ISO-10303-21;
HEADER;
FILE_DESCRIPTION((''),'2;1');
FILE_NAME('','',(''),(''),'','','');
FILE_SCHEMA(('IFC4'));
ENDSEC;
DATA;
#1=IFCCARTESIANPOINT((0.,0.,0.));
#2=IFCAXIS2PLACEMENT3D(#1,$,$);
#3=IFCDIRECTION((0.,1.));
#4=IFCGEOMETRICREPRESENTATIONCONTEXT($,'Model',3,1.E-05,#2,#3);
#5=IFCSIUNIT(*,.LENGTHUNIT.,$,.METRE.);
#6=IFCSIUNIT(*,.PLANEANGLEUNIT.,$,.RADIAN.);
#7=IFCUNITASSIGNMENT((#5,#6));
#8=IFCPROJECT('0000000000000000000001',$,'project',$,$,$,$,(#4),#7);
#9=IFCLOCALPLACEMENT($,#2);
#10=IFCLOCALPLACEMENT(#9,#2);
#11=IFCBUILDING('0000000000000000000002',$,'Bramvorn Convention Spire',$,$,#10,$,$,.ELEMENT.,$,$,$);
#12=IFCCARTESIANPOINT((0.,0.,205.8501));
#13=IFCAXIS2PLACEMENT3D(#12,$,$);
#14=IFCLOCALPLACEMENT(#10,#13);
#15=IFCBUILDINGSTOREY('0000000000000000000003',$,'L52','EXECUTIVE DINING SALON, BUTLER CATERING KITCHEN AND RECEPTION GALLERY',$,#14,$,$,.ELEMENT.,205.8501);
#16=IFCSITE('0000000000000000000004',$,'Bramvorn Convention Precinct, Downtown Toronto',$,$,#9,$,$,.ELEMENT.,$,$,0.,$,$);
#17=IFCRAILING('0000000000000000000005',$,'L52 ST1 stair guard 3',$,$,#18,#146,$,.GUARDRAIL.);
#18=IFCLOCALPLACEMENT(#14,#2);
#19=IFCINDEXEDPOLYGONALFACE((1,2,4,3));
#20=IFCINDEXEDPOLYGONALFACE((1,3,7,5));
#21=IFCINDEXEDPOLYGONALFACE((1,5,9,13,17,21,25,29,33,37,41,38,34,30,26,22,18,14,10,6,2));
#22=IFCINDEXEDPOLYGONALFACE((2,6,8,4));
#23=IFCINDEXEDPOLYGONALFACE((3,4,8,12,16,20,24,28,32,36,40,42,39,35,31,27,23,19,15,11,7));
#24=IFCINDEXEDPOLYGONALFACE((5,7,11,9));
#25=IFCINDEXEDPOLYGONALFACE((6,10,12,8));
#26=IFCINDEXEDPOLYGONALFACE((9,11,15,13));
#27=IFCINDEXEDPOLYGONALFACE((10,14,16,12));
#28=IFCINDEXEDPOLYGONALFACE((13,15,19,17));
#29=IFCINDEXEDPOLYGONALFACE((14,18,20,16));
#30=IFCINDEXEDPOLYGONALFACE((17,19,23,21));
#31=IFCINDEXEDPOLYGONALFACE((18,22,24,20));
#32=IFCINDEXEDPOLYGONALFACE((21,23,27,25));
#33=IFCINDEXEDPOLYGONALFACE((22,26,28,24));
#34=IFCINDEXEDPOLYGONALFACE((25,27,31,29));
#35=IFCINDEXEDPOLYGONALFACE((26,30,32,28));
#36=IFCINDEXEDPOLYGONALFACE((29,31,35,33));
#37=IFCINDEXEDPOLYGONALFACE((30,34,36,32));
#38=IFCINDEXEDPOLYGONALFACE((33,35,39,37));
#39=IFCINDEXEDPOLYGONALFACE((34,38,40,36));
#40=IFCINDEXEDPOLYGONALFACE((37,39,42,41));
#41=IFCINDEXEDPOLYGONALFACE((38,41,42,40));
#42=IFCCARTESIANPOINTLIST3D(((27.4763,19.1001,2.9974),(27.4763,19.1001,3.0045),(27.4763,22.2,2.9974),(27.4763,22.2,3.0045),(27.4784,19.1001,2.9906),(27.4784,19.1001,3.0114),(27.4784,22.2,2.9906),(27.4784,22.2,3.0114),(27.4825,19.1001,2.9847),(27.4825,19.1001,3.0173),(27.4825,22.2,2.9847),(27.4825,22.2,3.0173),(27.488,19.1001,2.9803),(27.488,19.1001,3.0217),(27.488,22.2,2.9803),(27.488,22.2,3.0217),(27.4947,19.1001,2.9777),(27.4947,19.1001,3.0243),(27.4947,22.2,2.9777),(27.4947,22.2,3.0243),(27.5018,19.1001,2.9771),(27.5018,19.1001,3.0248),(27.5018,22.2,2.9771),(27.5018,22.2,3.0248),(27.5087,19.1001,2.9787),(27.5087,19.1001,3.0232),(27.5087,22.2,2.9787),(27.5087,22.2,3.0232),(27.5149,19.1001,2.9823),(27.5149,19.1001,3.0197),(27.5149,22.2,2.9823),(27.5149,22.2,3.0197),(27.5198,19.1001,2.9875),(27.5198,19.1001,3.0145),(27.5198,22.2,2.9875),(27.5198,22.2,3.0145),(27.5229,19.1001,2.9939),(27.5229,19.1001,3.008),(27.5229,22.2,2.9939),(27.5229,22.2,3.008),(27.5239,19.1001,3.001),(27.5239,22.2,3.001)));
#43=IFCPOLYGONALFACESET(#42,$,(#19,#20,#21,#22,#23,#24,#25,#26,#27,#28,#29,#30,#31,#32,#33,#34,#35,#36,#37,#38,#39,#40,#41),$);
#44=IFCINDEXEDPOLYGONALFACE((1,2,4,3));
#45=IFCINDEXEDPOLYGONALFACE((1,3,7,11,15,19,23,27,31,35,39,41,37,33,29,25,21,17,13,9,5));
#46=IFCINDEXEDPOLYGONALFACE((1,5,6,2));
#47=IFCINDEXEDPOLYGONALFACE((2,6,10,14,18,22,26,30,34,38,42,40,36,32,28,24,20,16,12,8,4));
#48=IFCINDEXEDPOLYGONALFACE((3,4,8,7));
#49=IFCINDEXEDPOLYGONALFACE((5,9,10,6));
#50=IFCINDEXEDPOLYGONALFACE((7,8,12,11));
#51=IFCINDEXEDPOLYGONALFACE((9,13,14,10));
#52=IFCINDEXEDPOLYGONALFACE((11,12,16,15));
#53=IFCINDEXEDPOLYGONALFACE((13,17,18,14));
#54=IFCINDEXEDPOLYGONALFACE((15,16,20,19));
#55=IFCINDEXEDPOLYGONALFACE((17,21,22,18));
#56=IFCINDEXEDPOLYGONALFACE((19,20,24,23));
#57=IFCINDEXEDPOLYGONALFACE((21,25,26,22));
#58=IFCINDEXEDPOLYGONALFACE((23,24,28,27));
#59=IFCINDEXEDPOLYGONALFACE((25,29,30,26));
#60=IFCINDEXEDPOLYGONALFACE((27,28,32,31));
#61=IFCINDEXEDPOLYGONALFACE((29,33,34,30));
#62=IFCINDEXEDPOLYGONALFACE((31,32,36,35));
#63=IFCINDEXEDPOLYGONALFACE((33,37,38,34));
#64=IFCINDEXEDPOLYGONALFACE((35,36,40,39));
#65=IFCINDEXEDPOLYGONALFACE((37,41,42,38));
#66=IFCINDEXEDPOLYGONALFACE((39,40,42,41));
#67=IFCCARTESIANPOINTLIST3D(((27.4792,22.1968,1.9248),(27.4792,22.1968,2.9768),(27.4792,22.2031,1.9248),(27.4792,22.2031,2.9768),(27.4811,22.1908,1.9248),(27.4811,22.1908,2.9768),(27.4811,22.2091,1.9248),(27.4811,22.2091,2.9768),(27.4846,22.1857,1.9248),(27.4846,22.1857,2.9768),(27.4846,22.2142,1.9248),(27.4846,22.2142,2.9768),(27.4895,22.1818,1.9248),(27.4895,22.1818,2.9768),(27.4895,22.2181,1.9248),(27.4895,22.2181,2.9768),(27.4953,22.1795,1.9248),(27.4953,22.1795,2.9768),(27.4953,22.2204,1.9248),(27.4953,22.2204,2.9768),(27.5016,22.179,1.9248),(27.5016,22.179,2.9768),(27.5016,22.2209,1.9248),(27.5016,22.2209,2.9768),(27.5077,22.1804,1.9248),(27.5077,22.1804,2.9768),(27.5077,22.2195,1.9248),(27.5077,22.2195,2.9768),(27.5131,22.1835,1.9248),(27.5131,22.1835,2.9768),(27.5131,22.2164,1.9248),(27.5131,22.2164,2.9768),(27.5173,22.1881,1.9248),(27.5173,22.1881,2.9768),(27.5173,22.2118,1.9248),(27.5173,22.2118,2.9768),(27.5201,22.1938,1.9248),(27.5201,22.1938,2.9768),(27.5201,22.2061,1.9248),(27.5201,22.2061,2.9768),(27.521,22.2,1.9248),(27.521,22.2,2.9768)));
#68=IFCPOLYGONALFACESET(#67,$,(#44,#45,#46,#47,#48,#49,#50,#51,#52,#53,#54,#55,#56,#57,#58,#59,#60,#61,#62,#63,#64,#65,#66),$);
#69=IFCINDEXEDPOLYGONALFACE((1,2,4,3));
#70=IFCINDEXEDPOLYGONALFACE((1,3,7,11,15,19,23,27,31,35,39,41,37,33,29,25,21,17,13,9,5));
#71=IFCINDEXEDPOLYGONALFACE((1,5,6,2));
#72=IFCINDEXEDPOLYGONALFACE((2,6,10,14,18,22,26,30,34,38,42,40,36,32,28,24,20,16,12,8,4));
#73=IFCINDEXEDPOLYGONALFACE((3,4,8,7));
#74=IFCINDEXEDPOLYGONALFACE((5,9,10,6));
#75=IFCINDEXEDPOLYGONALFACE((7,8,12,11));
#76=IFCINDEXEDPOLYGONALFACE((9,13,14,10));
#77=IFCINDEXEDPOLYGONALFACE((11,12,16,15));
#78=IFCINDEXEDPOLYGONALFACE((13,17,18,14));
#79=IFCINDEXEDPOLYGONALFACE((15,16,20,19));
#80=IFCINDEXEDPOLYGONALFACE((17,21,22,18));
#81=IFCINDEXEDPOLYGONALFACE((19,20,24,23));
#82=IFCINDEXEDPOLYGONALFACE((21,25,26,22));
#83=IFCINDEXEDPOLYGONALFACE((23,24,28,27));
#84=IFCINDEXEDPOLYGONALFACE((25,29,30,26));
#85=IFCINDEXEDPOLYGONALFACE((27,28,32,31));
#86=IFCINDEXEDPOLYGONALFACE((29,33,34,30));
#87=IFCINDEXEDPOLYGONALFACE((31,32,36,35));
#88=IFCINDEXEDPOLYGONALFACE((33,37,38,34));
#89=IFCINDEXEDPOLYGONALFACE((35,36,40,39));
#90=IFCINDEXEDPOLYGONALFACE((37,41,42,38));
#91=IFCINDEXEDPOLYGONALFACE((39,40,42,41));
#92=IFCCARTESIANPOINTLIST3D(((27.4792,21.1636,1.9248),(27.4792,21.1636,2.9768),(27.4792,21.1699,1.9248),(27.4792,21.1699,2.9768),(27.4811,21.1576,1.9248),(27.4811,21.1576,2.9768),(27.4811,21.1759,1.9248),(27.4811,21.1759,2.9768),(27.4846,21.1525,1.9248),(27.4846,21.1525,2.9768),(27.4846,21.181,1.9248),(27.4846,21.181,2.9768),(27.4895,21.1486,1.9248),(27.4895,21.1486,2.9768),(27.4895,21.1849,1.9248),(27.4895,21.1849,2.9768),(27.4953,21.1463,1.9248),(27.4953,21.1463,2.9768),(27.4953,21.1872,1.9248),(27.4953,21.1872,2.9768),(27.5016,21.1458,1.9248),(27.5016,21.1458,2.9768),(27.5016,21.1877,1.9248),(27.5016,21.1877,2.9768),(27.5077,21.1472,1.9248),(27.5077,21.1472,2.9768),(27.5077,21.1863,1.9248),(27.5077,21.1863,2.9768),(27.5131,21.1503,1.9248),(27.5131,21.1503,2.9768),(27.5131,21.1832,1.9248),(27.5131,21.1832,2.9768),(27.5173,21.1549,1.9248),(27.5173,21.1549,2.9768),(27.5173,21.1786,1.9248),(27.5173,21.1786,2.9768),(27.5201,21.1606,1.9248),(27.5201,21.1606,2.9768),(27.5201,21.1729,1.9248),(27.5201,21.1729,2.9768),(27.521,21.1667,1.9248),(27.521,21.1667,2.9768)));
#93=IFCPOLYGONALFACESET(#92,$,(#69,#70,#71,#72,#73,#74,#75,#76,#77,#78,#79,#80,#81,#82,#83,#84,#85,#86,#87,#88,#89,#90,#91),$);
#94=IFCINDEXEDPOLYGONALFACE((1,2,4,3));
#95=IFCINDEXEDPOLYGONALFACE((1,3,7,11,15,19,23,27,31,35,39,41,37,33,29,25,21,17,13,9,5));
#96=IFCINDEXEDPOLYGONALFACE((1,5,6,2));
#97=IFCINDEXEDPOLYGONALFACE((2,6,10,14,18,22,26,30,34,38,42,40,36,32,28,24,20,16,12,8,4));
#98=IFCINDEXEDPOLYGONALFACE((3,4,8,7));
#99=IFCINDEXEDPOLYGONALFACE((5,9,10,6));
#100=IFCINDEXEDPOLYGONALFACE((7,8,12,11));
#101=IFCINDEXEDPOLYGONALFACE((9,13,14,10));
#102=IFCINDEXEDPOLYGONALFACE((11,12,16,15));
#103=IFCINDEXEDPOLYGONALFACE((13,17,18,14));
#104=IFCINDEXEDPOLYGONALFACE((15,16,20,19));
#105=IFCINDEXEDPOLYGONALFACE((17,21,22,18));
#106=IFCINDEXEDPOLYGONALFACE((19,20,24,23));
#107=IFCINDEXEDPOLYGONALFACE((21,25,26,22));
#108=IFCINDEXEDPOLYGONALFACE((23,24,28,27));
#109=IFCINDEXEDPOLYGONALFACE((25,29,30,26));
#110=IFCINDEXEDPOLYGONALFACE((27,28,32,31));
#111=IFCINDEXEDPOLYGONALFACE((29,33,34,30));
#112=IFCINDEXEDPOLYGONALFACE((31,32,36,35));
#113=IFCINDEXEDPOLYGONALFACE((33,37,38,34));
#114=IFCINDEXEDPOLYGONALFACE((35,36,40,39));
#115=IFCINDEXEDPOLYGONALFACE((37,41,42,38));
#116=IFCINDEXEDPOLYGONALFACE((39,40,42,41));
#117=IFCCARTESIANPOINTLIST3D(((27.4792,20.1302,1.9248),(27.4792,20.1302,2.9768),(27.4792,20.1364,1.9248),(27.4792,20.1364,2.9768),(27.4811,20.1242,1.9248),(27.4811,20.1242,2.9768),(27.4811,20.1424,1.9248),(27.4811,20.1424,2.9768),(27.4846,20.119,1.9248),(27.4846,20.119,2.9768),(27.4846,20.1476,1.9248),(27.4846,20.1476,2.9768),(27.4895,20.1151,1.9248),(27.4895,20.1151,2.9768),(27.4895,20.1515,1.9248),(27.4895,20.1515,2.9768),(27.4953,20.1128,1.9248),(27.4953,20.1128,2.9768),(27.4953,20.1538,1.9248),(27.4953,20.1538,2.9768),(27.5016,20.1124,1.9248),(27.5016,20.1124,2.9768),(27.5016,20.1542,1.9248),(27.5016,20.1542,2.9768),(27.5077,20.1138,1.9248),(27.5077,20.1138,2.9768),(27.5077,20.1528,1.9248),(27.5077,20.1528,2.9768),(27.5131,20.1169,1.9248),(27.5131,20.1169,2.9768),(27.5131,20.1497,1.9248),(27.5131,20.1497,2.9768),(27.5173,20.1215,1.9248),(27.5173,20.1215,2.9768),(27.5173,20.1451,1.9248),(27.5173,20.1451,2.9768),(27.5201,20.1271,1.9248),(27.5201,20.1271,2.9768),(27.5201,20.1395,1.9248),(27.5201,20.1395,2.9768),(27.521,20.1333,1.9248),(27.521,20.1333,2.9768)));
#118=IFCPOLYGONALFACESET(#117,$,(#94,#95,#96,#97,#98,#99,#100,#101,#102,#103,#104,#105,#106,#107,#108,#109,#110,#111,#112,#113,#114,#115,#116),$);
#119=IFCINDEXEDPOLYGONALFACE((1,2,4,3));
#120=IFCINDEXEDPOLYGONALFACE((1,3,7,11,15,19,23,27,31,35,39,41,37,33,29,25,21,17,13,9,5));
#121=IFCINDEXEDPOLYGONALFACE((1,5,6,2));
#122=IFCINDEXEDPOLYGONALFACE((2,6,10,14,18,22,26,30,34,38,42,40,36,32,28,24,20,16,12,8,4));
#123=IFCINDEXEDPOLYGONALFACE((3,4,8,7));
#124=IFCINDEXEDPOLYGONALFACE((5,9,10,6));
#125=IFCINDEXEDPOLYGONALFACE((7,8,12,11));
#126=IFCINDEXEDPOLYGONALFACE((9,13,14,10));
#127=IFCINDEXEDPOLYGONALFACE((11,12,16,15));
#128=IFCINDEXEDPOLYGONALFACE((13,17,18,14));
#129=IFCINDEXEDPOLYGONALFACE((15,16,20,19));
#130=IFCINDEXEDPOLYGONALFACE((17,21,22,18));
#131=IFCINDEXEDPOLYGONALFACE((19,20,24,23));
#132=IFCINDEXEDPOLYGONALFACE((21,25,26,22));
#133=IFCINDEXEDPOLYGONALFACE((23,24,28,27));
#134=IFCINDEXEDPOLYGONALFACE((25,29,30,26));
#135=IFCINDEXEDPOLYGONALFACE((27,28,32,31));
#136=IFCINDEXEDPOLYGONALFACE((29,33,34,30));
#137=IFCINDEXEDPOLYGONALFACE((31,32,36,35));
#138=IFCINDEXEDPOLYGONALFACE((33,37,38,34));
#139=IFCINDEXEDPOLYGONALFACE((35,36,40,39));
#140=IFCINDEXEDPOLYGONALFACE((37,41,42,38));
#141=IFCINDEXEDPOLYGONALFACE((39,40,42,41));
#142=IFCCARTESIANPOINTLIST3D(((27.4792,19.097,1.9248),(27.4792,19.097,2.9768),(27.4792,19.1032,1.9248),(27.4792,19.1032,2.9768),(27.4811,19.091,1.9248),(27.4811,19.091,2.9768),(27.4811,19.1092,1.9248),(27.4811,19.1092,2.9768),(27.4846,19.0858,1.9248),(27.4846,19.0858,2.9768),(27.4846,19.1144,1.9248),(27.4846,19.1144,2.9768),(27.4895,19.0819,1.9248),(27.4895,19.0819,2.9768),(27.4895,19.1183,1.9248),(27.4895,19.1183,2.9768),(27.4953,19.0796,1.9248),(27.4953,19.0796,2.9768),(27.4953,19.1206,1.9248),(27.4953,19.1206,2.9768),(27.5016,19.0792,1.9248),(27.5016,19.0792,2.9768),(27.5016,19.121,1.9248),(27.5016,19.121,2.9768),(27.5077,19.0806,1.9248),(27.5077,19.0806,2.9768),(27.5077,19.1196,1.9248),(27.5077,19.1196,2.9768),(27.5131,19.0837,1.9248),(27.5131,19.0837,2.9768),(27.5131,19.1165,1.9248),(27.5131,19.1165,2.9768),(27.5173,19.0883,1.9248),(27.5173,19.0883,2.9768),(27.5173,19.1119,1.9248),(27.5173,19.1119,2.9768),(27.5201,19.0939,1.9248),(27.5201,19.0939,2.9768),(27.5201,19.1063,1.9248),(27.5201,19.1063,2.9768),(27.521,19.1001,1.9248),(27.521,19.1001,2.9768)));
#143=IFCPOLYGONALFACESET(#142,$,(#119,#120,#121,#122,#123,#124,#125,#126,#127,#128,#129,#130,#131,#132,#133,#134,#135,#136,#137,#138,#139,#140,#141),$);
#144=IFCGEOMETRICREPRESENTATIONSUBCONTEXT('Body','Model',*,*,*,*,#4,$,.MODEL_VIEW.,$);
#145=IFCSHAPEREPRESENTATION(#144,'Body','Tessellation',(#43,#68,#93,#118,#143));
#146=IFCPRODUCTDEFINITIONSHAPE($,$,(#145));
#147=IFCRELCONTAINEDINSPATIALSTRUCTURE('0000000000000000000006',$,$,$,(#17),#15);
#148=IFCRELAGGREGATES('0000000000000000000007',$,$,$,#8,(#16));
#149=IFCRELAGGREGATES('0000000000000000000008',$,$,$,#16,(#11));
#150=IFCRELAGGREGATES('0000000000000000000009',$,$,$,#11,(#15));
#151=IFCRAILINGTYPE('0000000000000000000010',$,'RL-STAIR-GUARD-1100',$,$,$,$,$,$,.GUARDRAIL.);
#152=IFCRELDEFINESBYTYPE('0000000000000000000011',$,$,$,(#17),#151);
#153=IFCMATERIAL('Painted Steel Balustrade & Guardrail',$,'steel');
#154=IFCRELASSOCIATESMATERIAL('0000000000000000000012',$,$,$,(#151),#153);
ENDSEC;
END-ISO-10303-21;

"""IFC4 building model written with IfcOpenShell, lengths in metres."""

from ifc_helpers import new_model, si_unit, direction, frame, origin, origin_2d, place, context, subcontext, project, spatial, circle, extrude, material, type_object, element, save


model = new_model("IFC4")

# Units and contexts
model_context = context("Model", 3, precision=1e-05, world=origin(), true_north=direction((0.0, 1.0)))
body_context = subcontext(model_context, "Body", "Model", "MODEL_VIEW")
ifc_project = project(units=[si_unit("LENGTHUNIT", "METRE"), si_unit("PLANEANGLEUNIT", "RADIAN")], contexts=[model_context])

# Site, building, storey
site_placement = place(None, origin())
site = spatial("IfcSite", under=ifc_project, at=site_placement, Name="Bramvorn Convention Precinct, Downtown Toronto", CompositionType="ELEMENT", RefElevation=0.0)
building_placement = place(site_placement, origin())
building = spatial("IfcBuilding", under=site, at=building_placement, Name="Bramvorn Convention Spire", CompositionType="ELEMENT")
storey_placement = place(building_placement, frame((0.0, 0.0, 205.8501)))
storey = spatial("IfcBuildingStorey", under=building, at=storey_placement, Name="L52", Description="EXECUTIVE DINING SALON, BUTLER CATERING KITCHEN AND RECEPTION GALLERY", CompositionType="ELEMENT", Elevation=205.8501)

# Railing
ifc_material_1 = material(Name="Painted Steel Balustrade & Guardrail", Category="steel")
railing_type_1 = type_object("IfcRailingType", Name="RL-STAIR-GUARD-1100", PredefinedType="GUARDRAIL", material=ifc_material_1)
for number, where, name in (
    (1, (27.5, 22.2, 1.9248), "L52 ST1 stair guard 3"),
):
    element("IfcRailing", number, at=place(storey_placement, frame(where)), inside=storey, type_object=railing_type_1, Name=name, PredefinedType="GUARDRAIL", context=body_context, shape_type="SweptSolid", body=[
        extrude(circle(Radius=0.0239, at=origin_2d()), frame((0.0, 0.0, 1.0762), z_axis=(0.0, -1.0, 0.0), x_axis=(1.0, 0.0, 0.0)), (0.0, 0.0, 1.0), 3.0999),
        extrude(circle(Radius=0.021, at=origin_2d()), origin(), (0.0, 0.0, 1.0), 1.052),
        extrude(circle(Radius=0.021, at=origin_2d()), frame((0.0, -1.0332, 0.0)), (0.0, 0.0, 1.0), 1.052),
        extrude(circle(Radius=0.021, at=origin_2d()), frame((0.0, -2.0667, 0.0)), (0.0, 0.0, 1.0), 1.052),
        extrude(circle(Radius=0.021, at=origin_2d()), frame((0.0, -3.0999, 0.0)), (0.0, 0.0, 1.0), 1.052),
    ])

save(model, "model.ifc")
